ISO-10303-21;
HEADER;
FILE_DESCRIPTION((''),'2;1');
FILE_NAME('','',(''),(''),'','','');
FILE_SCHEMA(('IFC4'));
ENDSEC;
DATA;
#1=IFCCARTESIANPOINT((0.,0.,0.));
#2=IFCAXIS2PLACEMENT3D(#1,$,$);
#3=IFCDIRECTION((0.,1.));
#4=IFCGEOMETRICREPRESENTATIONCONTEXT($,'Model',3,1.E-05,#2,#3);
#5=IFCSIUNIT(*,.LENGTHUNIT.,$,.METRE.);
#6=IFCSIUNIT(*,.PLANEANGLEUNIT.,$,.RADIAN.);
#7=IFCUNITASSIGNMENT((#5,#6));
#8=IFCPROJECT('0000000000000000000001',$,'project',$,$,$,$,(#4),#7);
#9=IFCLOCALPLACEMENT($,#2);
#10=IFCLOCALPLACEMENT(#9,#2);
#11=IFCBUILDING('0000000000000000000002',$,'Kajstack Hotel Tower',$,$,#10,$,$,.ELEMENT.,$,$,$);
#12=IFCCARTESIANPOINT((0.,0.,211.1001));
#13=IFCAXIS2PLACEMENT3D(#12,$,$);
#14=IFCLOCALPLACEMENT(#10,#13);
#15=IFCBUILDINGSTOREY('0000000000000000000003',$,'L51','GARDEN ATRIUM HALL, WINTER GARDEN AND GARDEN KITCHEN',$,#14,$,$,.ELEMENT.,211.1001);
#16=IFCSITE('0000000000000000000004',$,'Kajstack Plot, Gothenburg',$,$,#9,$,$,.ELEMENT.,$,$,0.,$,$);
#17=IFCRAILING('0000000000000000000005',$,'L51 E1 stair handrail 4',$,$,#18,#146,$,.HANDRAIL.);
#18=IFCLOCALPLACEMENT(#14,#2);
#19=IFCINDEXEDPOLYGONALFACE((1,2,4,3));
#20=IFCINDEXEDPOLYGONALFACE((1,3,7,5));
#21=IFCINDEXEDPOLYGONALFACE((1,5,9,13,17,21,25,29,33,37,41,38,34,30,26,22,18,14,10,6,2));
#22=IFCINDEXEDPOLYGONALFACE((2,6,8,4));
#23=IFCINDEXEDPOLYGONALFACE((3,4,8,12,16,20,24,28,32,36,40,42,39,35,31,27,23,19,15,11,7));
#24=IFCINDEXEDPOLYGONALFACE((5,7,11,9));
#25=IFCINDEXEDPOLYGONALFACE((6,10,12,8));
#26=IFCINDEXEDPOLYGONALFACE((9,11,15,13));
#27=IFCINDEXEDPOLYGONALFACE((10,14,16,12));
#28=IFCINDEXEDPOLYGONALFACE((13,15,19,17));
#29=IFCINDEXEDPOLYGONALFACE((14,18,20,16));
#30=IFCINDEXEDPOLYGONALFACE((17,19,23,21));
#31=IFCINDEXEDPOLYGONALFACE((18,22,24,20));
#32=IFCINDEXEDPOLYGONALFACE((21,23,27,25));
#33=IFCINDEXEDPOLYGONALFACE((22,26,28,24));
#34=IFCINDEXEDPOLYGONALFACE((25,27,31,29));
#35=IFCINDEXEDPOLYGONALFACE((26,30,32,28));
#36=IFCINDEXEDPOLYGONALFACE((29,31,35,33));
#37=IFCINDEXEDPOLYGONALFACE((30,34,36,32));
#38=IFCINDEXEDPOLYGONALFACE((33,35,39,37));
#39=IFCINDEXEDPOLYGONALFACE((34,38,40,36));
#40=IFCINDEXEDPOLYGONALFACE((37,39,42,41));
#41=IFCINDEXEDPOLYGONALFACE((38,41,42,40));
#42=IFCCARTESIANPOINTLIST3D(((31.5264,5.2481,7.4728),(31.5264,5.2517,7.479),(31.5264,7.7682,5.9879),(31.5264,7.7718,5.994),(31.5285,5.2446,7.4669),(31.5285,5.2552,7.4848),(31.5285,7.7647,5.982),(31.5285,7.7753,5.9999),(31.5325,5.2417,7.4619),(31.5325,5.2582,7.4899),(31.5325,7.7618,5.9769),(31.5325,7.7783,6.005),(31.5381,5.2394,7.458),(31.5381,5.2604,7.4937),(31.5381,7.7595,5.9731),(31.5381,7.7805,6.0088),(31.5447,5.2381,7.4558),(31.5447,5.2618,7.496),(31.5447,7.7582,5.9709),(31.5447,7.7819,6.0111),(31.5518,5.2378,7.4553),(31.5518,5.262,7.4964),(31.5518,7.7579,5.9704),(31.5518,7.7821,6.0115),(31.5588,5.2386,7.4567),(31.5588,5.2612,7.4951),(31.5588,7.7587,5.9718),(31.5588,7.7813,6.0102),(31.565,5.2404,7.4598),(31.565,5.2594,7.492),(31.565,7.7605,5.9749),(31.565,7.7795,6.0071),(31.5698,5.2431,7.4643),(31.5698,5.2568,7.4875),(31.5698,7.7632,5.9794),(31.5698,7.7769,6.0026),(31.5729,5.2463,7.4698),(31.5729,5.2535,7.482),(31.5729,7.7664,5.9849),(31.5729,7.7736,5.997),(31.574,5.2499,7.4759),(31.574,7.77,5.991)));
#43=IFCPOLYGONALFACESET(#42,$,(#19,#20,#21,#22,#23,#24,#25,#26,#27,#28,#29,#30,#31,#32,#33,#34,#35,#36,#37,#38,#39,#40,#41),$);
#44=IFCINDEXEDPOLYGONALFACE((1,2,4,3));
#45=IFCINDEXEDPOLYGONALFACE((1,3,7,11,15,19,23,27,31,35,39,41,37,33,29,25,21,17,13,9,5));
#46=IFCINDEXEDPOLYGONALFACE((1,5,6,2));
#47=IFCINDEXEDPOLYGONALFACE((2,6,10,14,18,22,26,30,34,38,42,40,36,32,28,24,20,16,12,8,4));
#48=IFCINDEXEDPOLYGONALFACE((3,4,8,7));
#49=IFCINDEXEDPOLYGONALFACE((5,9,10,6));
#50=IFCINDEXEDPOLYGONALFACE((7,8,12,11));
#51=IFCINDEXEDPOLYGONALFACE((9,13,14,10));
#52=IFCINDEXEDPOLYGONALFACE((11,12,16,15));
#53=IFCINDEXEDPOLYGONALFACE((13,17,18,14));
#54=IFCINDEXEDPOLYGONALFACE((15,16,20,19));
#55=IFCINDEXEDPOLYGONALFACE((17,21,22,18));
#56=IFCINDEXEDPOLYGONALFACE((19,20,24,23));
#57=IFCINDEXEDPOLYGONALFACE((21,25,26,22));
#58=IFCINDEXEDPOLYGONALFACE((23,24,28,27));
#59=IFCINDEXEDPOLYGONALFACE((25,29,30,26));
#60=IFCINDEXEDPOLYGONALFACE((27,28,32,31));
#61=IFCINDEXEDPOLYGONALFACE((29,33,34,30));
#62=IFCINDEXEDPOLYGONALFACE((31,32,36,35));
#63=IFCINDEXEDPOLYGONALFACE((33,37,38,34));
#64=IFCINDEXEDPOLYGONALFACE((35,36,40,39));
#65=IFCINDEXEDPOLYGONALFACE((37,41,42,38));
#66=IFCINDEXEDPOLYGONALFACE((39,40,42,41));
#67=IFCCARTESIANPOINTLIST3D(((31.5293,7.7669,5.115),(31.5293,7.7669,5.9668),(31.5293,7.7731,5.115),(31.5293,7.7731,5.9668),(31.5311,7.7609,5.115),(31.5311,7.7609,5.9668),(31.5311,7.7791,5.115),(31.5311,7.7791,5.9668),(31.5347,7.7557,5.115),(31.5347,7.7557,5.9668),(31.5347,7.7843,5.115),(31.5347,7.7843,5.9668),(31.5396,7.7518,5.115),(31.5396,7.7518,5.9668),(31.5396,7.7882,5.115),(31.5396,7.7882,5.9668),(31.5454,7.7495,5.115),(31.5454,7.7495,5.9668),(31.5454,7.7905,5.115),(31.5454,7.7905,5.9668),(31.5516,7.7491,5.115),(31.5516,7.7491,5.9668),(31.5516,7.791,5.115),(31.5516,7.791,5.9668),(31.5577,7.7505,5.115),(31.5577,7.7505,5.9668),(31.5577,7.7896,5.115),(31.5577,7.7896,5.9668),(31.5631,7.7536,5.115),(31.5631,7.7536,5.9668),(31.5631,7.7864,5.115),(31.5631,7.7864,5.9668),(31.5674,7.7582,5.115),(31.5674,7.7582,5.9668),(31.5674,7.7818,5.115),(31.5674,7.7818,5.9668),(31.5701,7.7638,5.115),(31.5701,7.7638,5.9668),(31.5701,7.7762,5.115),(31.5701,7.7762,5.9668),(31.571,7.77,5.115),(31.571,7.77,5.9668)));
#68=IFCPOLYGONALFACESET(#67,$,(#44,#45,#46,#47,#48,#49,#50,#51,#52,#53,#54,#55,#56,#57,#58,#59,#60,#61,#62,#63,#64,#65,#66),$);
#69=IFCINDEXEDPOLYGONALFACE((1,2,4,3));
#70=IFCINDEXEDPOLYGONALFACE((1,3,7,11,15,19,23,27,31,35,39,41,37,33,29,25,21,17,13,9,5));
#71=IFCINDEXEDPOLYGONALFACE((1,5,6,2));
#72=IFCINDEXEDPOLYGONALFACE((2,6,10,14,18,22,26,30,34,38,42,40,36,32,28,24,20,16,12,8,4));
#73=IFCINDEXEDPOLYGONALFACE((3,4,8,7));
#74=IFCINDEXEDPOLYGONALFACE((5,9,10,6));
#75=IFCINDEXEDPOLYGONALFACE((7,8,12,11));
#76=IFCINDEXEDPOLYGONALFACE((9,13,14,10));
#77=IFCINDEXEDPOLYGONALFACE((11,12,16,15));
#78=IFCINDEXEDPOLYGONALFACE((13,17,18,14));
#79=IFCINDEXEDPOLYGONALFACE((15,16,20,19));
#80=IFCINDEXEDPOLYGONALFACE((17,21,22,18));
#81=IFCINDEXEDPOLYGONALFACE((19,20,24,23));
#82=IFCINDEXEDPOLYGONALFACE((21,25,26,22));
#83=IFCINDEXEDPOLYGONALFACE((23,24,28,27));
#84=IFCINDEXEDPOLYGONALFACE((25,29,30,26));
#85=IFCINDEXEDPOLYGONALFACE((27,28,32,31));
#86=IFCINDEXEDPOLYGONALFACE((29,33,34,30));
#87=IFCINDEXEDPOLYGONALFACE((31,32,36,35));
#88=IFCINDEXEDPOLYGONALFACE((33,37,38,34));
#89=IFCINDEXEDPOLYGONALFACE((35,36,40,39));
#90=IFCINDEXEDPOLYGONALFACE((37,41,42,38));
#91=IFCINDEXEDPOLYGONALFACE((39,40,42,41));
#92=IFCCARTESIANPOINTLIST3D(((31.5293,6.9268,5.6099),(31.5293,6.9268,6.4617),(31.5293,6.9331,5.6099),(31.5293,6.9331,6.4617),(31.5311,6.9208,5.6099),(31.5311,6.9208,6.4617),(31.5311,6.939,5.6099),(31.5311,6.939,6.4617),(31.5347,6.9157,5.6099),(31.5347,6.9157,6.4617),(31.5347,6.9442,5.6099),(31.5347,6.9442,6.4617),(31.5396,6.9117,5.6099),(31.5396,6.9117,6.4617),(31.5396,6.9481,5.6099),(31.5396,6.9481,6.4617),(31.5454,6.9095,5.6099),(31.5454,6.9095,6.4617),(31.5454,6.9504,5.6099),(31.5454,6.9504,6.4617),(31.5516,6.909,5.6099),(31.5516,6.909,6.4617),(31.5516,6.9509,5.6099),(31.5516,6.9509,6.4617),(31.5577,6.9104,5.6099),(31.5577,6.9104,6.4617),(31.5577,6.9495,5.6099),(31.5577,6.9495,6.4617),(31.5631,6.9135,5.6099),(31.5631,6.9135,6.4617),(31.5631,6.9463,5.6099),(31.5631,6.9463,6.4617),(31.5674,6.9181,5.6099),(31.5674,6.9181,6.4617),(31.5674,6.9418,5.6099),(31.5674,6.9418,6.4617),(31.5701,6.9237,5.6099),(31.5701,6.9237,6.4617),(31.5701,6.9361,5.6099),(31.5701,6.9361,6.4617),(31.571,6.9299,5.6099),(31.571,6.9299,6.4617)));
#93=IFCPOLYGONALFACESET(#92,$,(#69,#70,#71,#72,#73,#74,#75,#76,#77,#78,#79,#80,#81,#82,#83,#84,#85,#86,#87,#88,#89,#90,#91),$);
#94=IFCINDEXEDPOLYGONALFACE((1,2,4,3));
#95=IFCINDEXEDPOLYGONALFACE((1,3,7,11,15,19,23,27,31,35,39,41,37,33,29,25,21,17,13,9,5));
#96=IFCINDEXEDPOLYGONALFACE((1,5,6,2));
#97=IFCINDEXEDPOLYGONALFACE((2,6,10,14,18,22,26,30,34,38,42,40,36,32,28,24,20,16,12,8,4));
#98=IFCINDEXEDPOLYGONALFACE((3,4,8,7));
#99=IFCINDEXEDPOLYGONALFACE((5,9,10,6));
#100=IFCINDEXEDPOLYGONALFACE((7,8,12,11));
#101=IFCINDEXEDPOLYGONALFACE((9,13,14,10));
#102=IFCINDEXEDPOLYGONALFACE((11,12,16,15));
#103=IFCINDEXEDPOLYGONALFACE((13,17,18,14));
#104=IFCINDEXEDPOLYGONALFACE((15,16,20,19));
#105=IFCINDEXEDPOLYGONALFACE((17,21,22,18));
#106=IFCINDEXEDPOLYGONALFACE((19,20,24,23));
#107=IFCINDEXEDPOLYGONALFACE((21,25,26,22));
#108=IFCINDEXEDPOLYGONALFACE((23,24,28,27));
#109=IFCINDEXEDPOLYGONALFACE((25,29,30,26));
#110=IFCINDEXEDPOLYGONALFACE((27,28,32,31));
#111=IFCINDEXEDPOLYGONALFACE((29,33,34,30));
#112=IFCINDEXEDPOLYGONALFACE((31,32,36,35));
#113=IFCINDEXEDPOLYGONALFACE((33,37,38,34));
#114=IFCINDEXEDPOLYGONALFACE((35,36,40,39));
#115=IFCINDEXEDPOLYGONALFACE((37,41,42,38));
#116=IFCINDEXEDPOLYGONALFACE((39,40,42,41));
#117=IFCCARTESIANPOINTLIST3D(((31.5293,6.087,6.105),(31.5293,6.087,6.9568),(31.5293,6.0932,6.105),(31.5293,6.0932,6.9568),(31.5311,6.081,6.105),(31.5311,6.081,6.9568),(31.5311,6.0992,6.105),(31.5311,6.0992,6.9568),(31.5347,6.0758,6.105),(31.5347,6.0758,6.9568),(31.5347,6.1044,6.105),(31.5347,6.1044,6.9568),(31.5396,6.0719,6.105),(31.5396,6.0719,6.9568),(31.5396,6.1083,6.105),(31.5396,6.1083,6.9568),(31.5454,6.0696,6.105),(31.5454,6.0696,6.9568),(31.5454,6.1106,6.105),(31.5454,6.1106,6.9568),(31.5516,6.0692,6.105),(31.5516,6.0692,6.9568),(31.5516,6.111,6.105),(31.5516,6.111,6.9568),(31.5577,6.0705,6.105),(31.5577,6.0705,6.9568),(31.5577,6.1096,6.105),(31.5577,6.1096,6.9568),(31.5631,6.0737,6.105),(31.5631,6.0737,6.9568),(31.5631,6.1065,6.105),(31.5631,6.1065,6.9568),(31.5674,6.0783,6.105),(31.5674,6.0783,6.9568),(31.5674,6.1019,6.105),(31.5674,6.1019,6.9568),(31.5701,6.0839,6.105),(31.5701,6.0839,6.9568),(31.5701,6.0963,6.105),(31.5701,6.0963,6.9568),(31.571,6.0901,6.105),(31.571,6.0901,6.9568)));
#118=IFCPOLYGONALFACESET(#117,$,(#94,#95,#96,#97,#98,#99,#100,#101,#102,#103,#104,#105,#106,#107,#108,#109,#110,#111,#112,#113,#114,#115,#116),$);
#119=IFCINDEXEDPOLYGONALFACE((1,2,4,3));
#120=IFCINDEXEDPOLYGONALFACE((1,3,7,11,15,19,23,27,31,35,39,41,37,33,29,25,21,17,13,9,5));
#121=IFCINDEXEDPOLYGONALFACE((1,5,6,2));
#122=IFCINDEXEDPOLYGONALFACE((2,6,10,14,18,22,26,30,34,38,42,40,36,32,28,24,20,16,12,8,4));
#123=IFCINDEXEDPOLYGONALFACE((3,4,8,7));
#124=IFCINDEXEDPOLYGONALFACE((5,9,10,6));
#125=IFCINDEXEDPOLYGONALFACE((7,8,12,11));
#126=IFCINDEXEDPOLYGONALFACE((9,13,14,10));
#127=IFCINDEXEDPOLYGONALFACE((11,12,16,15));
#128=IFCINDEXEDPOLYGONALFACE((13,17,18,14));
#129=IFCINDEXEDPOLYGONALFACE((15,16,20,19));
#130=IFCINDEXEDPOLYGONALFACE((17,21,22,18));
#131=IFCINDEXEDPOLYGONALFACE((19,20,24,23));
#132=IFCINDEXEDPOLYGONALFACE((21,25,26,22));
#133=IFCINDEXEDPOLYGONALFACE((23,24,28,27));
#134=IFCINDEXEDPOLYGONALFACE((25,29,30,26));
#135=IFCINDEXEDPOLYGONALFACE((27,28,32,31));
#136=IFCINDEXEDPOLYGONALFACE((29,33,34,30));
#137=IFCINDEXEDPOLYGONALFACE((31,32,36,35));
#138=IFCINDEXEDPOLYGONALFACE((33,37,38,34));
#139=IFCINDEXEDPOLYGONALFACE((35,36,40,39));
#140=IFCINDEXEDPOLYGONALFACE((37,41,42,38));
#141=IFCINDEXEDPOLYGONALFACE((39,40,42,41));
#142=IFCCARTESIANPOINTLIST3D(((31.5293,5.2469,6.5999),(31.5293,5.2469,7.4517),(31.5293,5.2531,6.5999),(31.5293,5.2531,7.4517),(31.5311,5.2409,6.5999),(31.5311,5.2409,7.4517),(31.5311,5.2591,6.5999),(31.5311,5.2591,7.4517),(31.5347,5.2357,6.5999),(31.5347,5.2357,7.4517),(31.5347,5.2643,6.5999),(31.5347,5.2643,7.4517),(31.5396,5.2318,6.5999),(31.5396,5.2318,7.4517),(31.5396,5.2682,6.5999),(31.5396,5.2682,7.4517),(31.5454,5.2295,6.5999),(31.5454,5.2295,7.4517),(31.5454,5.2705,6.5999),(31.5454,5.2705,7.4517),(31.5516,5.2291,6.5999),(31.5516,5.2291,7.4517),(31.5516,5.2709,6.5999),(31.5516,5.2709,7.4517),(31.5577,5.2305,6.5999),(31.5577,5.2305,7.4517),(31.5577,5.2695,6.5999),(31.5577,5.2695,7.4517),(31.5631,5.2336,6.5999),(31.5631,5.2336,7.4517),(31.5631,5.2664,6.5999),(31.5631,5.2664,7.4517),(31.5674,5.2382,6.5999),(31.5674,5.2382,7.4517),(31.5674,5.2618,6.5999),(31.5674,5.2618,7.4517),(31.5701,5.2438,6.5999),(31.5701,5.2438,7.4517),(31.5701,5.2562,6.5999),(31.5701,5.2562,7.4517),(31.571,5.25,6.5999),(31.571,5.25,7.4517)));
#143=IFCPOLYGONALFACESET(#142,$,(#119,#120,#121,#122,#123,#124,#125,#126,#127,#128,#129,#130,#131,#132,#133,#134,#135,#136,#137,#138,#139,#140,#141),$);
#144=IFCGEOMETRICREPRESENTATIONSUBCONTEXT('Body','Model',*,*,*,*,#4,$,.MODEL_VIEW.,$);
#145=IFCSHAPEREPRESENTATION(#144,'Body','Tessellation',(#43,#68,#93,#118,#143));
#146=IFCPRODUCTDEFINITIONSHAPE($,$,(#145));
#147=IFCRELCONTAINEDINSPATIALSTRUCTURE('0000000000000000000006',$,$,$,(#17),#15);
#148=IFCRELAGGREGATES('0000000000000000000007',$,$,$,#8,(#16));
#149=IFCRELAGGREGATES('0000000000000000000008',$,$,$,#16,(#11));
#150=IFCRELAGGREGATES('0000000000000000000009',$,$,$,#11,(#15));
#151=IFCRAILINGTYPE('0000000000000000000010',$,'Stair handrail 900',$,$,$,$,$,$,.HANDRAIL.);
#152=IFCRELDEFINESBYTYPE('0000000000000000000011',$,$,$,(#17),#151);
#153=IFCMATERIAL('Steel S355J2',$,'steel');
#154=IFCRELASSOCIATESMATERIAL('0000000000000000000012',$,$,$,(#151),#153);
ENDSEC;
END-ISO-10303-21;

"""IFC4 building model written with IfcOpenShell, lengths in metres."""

from ifc_helpers import new_model, si_unit, direction, frame, origin, origin_2d, place, context, subcontext, project, spatial, circle, extrude, material, type_object, element, save


model = new_model("IFC4")

# Units and contexts
model_context = context("Model", 3, precision=1e-05, world=origin(), true_north=direction((0.0, 1.0)))
body_context = subcontext(model_context, "Body", "Model", "MODEL_VIEW")
ifc_project = project(units=[si_unit("LENGTHUNIT", "METRE"), si_unit("PLANEANGLEUNIT", "RADIAN")], contexts=[model_context])

# Site, building, storey
site_placement = place(None, origin())
site = spatial("IfcSite", under=ifc_project, at=site_placement, Name="Kajstack Plot, Gothenburg", CompositionType="ELEMENT", RefElevation=0.0)
building_placement = place(site_placement, origin())
building = spatial("IfcBuilding", under=site, at=building_placement, Name="Kajstack Hotel Tower", CompositionType="ELEMENT")
storey_placement = place(building_placement, frame((0.0, 0.0, 211.1001)))
storey = spatial("IfcBuildingStorey", under=building, at=storey_placement, Name="L51", Description="GARDEN ATRIUM HALL, WINTER GARDEN AND GARDEN KITCHEN", CompositionType="ELEMENT", Elevation=211.1001)

# Railing
ifc_material_1 = material(Name="Steel S355J2", Category="steel")
railing_type_1 = type_object("IfcRailingType", Name="Stair handrail 900", PredefinedType="HANDRAIL", material=ifc_material_1)
railing_1_placement = place(storey_placement, frame((31.55, 7.77, 5.115)))
element("IfcRailing", 1, at=railing_1_placement, inside=storey, type_object=railing_type_1, Name="L51 E1 stair handrail 4", PredefinedType="HANDRAIL", context=body_context, shape_type="SweptSolid", body=[
    extrude(circle(Radius=0.0239, at=origin_2d()), frame((0.0, 0.0, 0.876), z_axis=(0.0, -0.861561, 0.507655), x_axis=(1.0, 0.0, 0.0)), (0.0, 0.0, 1.0), 2.925),
    extrude(circle(Radius=0.021, at=origin_2d()), origin(), (0.0, 0.0, 1.0), 0.8518),
    extrude(circle(Radius=0.021, at=origin_2d()), frame((0.0, -0.8401, 0.4949)), (0.0, 0.0, 1.0), 0.8518),
    extrude(circle(Radius=0.021, at=origin_2d()), frame((0.0, -1.6799, 0.99)), (0.0, 0.0, 1.0), 0.8518),
    extrude(circle(Radius=0.021, at=origin_2d()), frame((0.0, -2.52, 1.4849)), (0.0, 0.0, 1.0), 0.8518),
])

save(model, "model.ifc")
